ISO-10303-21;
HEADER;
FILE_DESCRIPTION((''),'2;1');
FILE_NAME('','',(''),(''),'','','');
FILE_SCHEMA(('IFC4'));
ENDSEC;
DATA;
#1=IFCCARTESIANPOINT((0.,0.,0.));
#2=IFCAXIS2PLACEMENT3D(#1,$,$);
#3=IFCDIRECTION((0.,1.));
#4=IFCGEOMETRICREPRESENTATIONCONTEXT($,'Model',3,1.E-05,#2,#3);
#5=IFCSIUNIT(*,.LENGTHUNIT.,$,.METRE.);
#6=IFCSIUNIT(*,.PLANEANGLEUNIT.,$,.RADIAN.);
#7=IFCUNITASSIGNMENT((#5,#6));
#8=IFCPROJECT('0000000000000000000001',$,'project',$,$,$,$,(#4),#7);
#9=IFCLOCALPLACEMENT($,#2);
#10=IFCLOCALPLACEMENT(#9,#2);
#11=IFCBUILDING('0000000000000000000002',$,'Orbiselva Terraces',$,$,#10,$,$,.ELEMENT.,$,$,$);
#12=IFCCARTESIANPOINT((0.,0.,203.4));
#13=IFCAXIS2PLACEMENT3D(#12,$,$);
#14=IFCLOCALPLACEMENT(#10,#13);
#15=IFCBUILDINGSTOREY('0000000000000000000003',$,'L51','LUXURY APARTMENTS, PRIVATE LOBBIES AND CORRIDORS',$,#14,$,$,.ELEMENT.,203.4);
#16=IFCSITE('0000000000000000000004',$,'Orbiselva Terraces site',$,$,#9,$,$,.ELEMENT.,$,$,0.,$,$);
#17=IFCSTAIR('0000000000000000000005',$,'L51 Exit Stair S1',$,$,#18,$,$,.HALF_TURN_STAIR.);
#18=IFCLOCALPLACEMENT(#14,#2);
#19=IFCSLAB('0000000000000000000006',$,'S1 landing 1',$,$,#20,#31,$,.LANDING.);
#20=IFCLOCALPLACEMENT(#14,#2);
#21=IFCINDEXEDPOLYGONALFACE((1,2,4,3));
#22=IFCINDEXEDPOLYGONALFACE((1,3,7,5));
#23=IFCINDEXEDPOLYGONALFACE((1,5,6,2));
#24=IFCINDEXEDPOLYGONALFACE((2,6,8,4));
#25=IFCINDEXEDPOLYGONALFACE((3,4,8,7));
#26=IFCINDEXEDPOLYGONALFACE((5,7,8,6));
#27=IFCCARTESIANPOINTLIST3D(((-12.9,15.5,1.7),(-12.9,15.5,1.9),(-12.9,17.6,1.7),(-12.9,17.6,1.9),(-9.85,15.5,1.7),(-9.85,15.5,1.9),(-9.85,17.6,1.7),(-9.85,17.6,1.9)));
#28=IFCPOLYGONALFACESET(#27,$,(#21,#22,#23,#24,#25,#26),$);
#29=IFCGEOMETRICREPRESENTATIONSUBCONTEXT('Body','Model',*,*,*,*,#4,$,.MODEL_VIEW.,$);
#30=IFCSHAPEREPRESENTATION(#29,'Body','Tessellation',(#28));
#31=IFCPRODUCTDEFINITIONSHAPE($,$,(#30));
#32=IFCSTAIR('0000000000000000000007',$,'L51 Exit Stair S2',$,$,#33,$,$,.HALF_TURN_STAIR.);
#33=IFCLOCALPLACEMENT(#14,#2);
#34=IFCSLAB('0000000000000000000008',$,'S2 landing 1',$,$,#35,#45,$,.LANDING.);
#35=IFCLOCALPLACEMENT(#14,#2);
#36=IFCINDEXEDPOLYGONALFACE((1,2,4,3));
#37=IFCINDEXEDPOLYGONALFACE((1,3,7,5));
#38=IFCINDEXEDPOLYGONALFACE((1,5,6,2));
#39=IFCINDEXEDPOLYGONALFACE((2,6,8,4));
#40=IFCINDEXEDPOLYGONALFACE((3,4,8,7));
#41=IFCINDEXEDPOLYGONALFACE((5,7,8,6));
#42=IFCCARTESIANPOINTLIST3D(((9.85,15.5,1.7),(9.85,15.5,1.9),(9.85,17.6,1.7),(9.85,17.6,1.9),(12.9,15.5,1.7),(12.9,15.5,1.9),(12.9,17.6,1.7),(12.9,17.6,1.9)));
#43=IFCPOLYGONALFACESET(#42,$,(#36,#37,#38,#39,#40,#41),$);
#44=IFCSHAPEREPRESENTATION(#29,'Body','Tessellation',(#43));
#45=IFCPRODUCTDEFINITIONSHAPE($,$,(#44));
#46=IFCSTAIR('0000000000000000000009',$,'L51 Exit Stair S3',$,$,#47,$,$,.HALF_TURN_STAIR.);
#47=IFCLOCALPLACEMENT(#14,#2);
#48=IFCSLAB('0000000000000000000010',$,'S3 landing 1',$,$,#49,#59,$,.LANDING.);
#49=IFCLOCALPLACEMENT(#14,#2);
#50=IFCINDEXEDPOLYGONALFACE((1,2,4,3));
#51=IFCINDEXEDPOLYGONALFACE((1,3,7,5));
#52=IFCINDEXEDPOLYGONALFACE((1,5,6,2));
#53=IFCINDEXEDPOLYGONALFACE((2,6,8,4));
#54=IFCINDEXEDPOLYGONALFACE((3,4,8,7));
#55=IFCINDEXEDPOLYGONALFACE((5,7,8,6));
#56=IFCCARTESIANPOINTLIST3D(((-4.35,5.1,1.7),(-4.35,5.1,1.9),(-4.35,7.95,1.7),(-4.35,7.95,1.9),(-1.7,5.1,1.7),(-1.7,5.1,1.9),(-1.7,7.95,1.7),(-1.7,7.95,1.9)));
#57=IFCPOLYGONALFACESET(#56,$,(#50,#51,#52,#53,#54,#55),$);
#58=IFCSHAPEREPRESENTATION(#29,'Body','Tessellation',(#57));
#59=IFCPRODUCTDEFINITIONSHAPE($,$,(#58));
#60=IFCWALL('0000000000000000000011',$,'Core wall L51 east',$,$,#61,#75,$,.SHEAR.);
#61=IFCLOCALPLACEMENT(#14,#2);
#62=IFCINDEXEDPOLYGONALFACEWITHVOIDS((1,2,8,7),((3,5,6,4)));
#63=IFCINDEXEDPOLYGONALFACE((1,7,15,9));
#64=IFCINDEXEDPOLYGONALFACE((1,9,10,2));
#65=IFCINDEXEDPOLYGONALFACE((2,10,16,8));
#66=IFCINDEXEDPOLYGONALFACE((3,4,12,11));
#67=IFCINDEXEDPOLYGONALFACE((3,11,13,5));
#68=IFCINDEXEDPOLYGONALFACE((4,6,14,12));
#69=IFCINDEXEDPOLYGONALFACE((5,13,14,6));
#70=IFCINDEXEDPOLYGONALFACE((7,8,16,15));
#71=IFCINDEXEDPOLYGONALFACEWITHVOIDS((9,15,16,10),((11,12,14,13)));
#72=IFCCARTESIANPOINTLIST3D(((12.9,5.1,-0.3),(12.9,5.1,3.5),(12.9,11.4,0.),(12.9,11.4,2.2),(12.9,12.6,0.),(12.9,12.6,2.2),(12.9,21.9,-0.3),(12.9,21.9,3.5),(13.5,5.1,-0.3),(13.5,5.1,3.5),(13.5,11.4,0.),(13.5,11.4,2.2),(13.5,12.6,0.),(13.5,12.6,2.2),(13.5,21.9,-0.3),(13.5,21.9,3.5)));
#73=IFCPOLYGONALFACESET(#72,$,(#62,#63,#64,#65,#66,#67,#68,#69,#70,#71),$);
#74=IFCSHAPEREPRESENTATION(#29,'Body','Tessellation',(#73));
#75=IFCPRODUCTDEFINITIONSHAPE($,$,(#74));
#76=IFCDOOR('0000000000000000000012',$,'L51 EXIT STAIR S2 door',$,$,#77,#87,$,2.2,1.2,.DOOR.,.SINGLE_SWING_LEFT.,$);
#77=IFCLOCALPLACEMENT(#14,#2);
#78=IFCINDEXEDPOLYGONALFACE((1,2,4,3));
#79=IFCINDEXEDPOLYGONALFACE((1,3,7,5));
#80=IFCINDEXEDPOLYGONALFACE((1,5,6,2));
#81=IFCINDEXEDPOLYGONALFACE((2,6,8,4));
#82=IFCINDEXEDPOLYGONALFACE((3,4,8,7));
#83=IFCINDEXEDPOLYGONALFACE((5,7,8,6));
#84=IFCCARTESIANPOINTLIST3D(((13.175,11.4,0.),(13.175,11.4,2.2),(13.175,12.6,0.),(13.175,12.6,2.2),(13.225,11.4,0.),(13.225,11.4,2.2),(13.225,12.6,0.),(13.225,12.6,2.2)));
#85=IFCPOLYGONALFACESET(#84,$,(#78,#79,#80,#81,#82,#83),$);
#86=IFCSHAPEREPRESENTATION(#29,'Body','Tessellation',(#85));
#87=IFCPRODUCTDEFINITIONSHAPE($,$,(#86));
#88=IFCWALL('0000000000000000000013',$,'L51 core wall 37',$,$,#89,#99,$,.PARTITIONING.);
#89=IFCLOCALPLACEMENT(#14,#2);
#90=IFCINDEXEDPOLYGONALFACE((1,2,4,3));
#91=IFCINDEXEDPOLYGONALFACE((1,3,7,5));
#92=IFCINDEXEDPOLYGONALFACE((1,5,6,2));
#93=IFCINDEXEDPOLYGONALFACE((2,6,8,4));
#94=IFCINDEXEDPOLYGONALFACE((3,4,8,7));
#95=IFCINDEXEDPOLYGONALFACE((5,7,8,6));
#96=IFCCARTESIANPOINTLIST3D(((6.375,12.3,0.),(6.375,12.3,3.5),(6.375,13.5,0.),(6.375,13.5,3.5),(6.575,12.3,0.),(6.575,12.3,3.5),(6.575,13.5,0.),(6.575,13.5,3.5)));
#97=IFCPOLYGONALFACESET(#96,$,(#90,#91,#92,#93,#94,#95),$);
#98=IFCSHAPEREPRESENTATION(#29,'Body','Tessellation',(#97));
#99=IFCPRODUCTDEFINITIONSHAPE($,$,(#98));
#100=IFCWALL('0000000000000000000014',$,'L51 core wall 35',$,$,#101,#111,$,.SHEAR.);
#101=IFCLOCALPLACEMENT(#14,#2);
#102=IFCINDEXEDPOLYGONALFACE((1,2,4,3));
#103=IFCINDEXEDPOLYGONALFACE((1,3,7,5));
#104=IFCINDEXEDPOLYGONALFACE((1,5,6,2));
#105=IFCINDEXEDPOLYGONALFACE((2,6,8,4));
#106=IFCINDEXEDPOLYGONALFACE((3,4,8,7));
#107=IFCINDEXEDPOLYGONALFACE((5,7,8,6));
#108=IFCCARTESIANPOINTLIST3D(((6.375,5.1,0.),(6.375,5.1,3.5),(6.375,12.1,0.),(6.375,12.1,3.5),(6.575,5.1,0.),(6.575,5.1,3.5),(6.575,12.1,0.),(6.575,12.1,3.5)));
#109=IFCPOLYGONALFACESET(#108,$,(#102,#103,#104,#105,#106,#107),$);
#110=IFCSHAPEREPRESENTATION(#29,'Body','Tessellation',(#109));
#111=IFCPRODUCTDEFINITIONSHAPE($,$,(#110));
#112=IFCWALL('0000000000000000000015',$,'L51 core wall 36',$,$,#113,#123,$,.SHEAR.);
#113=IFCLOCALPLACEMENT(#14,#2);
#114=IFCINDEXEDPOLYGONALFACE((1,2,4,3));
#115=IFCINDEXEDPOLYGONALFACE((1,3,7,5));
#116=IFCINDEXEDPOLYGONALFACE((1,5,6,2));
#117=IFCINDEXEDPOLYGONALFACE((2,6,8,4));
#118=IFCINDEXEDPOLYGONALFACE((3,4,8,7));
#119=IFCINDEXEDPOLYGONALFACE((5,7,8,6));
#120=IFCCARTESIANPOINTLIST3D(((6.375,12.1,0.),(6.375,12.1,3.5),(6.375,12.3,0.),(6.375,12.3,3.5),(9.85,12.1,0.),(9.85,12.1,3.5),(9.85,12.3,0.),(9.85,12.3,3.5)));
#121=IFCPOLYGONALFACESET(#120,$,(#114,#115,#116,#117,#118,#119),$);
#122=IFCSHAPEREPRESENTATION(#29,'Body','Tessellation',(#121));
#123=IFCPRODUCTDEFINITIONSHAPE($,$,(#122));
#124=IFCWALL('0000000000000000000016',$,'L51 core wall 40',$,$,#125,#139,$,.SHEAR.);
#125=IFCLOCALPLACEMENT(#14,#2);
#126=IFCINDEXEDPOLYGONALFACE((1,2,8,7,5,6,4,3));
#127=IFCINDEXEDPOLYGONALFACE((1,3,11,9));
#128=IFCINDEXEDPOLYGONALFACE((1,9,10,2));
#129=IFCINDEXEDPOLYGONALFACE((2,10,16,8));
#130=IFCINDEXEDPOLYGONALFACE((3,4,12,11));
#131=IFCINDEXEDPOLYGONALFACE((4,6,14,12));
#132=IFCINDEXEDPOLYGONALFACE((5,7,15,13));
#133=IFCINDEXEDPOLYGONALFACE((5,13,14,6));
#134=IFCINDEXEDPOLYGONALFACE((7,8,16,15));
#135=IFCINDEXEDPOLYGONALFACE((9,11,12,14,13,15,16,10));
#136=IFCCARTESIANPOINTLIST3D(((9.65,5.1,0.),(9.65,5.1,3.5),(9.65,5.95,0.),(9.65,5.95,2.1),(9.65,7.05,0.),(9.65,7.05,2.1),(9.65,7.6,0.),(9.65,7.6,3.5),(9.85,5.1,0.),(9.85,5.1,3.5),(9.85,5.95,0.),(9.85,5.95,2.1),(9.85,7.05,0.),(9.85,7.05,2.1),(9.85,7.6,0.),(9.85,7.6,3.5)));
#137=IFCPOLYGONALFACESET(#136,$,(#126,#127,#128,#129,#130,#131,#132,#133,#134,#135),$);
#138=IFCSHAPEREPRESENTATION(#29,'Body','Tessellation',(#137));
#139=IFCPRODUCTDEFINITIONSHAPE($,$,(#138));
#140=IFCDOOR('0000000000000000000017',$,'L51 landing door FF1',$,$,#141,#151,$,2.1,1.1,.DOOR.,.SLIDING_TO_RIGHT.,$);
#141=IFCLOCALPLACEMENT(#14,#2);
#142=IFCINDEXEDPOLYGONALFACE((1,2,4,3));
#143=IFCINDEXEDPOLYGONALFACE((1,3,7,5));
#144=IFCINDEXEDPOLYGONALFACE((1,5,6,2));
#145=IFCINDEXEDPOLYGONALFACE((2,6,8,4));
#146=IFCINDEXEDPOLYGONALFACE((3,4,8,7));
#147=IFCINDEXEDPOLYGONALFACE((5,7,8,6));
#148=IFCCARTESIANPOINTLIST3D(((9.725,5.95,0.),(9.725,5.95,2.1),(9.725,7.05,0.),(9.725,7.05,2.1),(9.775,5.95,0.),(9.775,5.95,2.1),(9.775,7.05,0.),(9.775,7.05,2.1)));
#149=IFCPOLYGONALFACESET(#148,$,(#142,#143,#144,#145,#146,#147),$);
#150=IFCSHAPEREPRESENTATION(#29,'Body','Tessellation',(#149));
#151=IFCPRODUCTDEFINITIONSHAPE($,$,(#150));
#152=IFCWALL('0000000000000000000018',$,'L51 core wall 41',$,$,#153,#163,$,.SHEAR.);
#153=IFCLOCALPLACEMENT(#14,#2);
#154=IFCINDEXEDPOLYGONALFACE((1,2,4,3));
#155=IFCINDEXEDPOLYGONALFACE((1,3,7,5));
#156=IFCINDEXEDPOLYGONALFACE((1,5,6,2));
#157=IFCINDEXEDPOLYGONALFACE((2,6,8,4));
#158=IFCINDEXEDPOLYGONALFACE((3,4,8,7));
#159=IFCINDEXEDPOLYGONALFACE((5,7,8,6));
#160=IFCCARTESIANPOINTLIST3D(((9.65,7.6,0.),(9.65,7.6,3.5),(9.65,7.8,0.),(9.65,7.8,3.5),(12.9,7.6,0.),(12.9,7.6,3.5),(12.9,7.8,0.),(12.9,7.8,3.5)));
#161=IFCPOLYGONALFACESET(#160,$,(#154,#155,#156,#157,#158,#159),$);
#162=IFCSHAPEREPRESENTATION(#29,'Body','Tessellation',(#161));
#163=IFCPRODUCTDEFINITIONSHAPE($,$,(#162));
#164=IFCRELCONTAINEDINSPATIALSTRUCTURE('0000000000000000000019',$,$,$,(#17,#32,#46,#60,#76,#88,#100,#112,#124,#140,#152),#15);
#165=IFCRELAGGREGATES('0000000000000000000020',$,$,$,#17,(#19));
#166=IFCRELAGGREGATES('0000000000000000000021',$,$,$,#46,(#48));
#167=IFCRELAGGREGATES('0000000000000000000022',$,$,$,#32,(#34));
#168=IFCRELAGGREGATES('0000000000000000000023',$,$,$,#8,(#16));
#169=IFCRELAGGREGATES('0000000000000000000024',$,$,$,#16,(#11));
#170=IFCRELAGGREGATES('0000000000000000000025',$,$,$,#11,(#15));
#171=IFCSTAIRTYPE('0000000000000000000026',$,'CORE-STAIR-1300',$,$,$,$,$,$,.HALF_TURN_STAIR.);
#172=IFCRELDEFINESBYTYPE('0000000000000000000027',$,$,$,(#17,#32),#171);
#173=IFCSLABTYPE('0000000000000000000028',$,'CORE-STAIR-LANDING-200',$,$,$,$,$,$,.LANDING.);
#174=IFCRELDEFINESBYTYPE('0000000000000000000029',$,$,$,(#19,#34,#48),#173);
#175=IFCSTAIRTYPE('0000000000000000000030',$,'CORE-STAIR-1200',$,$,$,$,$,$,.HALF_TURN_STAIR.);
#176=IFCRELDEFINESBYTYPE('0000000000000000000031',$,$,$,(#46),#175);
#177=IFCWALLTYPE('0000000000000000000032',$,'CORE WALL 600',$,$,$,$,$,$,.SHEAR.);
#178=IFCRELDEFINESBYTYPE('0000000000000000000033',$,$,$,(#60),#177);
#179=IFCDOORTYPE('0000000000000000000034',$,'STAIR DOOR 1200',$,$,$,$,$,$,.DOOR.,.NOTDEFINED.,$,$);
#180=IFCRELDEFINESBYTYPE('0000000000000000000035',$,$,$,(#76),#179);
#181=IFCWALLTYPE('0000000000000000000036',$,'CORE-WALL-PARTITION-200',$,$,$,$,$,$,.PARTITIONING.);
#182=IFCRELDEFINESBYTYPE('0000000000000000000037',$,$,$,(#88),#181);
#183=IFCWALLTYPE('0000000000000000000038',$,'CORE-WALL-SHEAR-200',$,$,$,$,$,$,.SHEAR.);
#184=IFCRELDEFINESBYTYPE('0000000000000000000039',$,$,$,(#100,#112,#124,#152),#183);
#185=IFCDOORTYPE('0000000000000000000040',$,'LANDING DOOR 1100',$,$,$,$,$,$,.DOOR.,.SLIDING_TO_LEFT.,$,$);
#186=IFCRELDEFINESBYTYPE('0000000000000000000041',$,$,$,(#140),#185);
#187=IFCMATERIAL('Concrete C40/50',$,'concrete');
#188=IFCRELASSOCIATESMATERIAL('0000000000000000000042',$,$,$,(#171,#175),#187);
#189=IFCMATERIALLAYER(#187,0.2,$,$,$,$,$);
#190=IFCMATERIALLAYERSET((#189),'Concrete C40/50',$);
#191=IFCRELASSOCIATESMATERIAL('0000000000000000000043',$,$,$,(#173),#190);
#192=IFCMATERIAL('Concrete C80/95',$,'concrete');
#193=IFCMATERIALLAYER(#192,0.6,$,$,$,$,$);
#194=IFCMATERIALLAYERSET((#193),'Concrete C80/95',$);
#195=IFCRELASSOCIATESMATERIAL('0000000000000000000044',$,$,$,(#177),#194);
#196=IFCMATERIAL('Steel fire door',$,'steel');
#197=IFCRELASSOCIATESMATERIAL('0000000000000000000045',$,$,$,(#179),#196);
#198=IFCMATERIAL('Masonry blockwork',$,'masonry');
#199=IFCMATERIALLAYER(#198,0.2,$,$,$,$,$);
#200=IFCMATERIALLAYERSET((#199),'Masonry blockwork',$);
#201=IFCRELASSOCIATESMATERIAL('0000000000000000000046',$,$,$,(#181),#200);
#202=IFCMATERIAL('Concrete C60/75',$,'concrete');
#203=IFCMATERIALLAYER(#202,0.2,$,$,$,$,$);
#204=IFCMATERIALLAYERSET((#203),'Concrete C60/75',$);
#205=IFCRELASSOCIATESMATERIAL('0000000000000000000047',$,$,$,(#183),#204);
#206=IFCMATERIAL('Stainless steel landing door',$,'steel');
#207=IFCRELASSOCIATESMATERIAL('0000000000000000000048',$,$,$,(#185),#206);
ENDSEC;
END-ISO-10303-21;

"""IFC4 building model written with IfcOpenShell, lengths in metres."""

from ifc_helpers import new_model, si_unit, direction, frame, frame_2d, origin, place, context, subcontext, project, spatial, polyline, rectangle, outline, extrude, material, layer, layer_set, type_object, element, fill, aggregate, save


model = new_model("IFC4")

# Units and contexts
model_context = context("Model", 3, precision=1e-05, world=origin(), true_north=direction((0.0, 1.0)))
body_context = subcontext(model_context, "Body", "Model", "MODEL_VIEW")
ifc_project = project(units=[si_unit("LENGTHUNIT", "METRE"), si_unit("PLANEANGLEUNIT", "RADIAN")], contexts=[model_context])

# Site, building, storey
site_placement = place(None, origin())
site = spatial("IfcSite", under=ifc_project, at=site_placement, Name="Orbiselva Terraces site", CompositionType="ELEMENT", RefElevation=0.0)
building_placement = place(site_placement, origin())
building = spatial("IfcBuilding", under=site, at=building_placement, Name="Orbiselva Terraces", CompositionType="ELEMENT")
storey_placement = place(building_placement, frame((0.0, 0.0, 203.4)))
storey = spatial("IfcBuildingStorey", under=building, at=storey_placement, Name="L51", Description="LUXURY APARTMENTS, PRIVATE LOBBIES AND CORRIDORS", CompositionType="ELEMENT", Elevation=203.4)

# Stairs, slabs
ifc_material_1 = material(Name="Concrete C40/50", Category="concrete")
stair_type_1 = type_object("IfcStairType", Name="CORE-STAIR-1300", PredefinedType="HALF_TURN_STAIR", material=ifc_material_1)
stair_1_placement = place(storey_placement, origin())
stair_1 = element("IfcStair", 1, at=stair_1_placement, inside=storey, type_object=stair_type_1, Name="L51 Exit Stair S1", PredefinedType="HALF_TURN_STAIR")
ifc_layer_1 = layer(ifc_material_1, 0.2)
ifc_layer_set_1 = layer_set([ifc_layer_1], Name="Concrete C40/50")
slab_type = type_object("IfcSlabType", Name="CORE-STAIR-LANDING-200", PredefinedType="LANDING", material=ifc_layer_set_1)
slab_1_placement = place(storey_placement, frame((0.0, 0.0, 1.7)))
slab_1 = element("IfcSlab", 2, at=slab_1_placement, type_object=slab_type, Name="S1 landing 1", PredefinedType="LANDING", context=body_context, shape_type="SweptSolid", body=[
    extrude(outline(polyline([(-9.85, 15.5), (-9.85, 17.6), (-12.9, 17.6), (-12.9, 15.5), (-9.85, 15.5)])), origin(), (0.0, 0.0, 1.0), 0.2),
])
aggregate(stair_1, [slab_1])
stair_2_placement = place(storey_placement, origin())
stair_2 = element("IfcStair", 3, at=stair_2_placement, inside=storey, type_object=stair_type_1, Name="L51 Exit Stair S2", PredefinedType="HALF_TURN_STAIR")
slab_2_placement = place(storey_placement, frame((0.0, 0.0, 1.7)))
slab_2 = element("IfcSlab", 4, at=slab_2_placement, type_object=slab_type, Name="S2 landing 1", PredefinedType="LANDING", context=body_context, shape_type="SweptSolid", body=[
    extrude(outline(polyline([(12.9, 15.5), (12.9, 17.6), (9.85, 17.6), (9.85, 15.5), (12.9, 15.5)])), origin(), (0.0, 0.0, 1.0), 0.2),
])
stair_type_2 = type_object("IfcStairType", Name="CORE-STAIR-1200", PredefinedType="HALF_TURN_STAIR", material=ifc_material_1)
stair_3_placement = place(storey_placement, origin())
stair_3 = element("IfcStair", 5, at=stair_3_placement, inside=storey, type_object=stair_type_2, Name="L51 Exit Stair S3", PredefinedType="HALF_TURN_STAIR")
slab_3_placement = place(storey_placement, frame((0.0, 0.0, 1.7)))
slab_3 = element("IfcSlab", 6, at=slab_3_placement, type_object=slab_type, Name="S3 landing 1", PredefinedType="LANDING", context=body_context, shape_type="SweptSolid", body=[
    extrude(outline(polyline([(-4.35, 5.1), (-1.7, 5.1), (-1.7, 7.95), (-4.35, 7.95), (-4.35, 5.1)])), origin(), (0.0, 0.0, 1.0), 0.2),
])
aggregate(stair_3, [slab_3])

# Wall, opening, door
ifc_material_2 = material(Name="Concrete C80/95", Category="concrete")
ifc_layer_2 = layer(ifc_material_2, 0.6)
ifc_layer_set_2 = layer_set([ifc_layer_2], Name="Concrete C80/95")
wall_type_1 = type_object("IfcWallType", Name="CORE WALL 600", PredefinedType="SHEAR", material=ifc_layer_set_2)
wall_1_placement = place(storey_placement, frame((13.2, 5.1, -0.3), z_axis=(0.0, 0.0, 1.0), x_axis=(0.0, 1.0, 0.0)))
wall_1 = element("IfcWall", 7, at=wall_1_placement, inside=storey, type_object=wall_type_1, Name="Core wall L51 east", PredefinedType="SHEAR", context=body_context, shape_type="SweptSolid", body=[
    extrude(rectangle(XDim=16.8, YDim=0.6, at=frame_2d((8.4, 0.0))), origin(), (0.0, 0.0, 1.0), 3.8),
])
opening_1_placement = place(wall_1_placement, frame((6.3, 0.0, 0.3)))
opening_1 = element("IfcOpeningElement", 8, at=opening_1_placement, cuts=wall_1, PredefinedType="OPENING", context=body_context, shape_type="SweptSolid", body=[
    extrude(rectangle(XDim=1.2, YDim=2.2, at=frame_2d((0.6, 1.1))), frame((0.0, 0.31, 0.0), z_axis=(0.0, -1.0, 0.0), x_axis=(1.0, 0.0, 0.0)), (0.0, 0.0, 1.0), 0.62),
])
ifc_material_3 = material(Name="Steel fire door", Category="steel")
door_type_1 = type_object("IfcDoorType", Name="STAIR DOOR 1200", OperationType="NOTDEFINED", PredefinedType="DOOR", material=ifc_material_3)
door_1_placement = place(opening_1_placement, frame((1.2, 0.0, 0.0), z_axis=(0.0, 0.0, 1.0), x_axis=(-1.0, 0.0, 0.0)))
door_1 = element("IfcDoor", 9, at=door_1_placement, inside=storey, type_object=door_type_1, Name="L51 EXIT STAIR S2 door", OperationType="SINGLE_SWING_LEFT", OverallHeight=2.2, OverallWidth=1.2, PredefinedType="DOOR", context=body_context, shape_type="SweptSolid", body=[
    extrude(rectangle(XDim=1.2, YDim=2.2, at=frame_2d((0.6, 1.1))), frame((0.0, 0.025, 0.0), z_axis=(0.0, -1.0, 0.0), x_axis=(1.0, 0.0, 0.0)), (0.0, 0.0, 1.0), 0.05),
])
fill(opening_1, door_1)

# Walls
ifc_material_4 = material(Name="Masonry blockwork", Category="masonry")
ifc_layer_3 = layer(ifc_material_4, 0.2)
ifc_layer_set_3 = layer_set([ifc_layer_3], Name="Masonry blockwork")
wall_type_2 = type_object("IfcWallType", Name="CORE-WALL-PARTITION-200", PredefinedType="PARTITIONING", material=ifc_layer_set_3)
wall_2_placement = place(storey_placement, frame((6.475, 12.3, 0.0), z_axis=(0.0, 0.0, 1.0), x_axis=(0.0, 1.0, 0.0)))
element("IfcWall", 10, at=wall_2_placement, inside=storey, type_object=wall_type_2, Name="L51 core wall 37", PredefinedType="PARTITIONING", context=body_context, shape_type="SweptSolid", body=[
    extrude(rectangle(XDim=1.2, YDim=0.2, at=frame_2d((0.6, 0.0))), origin(), (0.0, 0.0, 1.0), 3.5),
])
ifc_material_5 = material(Name="Concrete C60/75", Category="concrete")
ifc_layer_4 = layer(ifc_material_5, 0.2)
ifc_layer_set_4 = layer_set([ifc_layer_4], Name="Concrete C60/75")
wall_type_3 = type_object("IfcWallType", Name="CORE-WALL-SHEAR-200", PredefinedType="SHEAR", material=ifc_layer_set_4)
wall_3_placement = place(storey_placement, frame((6.475, 5.1, 0.0), z_axis=(0.0, 0.0, 1.0), x_axis=(0.0, 1.0, 0.0)))
element("IfcWall", 11, at=wall_3_placement, inside=storey, type_object=wall_type_3, Name="L51 core wall 35", PredefinedType="SHEAR", context=body_context, shape_type="SweptSolid", body=[
    extrude(rectangle(XDim=7.0, YDim=0.2, at=frame_2d((3.5, 0.0))), origin(), (0.0, 0.0, 1.0), 3.5),
])
wall_4_placement = place(storey_placement, frame((6.375, 12.2, 0.0), z_axis=(0.0, 0.0, 1.0), x_axis=(1.0, 0.0, 0.0)))
element("IfcWall", 12, at=wall_4_placement, inside=storey, type_object=wall_type_3, Name="L51 core wall 36", PredefinedType="SHEAR", context=body_context, shape_type="SweptSolid", body=[
    extrude(rectangle(XDim=3.475, YDim=0.2, at=frame_2d((1.7375, 0.0))), origin(), (0.0, 0.0, 1.0), 3.5),
])

# Wall, opening, door
wall_5_placement = place(storey_placement, frame((9.75, 5.1, 0.0), z_axis=(0.0, 0.0, 1.0), x_axis=(0.0, 1.0, 0.0)))
wall_5 = element("IfcWall", 13, at=wall_5_placement, inside=storey, type_object=wall_type_3, Name="L51 core wall 40", PredefinedType="SHEAR", context=body_context, shape_type="SweptSolid", body=[
    extrude(rectangle(XDim=2.5, YDim=0.2, at=frame_2d((1.25, 0.0))), origin(), (0.0, 0.0, 1.0), 3.5),
])
opening_2_placement = place(wall_5_placement, frame((0.85, 0.0, 0.0)))
opening_2 = element("IfcOpeningElement", 14, at=opening_2_placement, cuts=wall_5, PredefinedType="OPENING", context=body_context, shape_type="SweptSolid", body=[
    extrude(rectangle(XDim=1.1, YDim=2.1, at=frame_2d((0.55, 1.05))), frame((0.0, 0.11, 0.0), z_axis=(0.0, -1.0, 0.0), x_axis=(1.0, 0.0, 0.0)), (0.0, 0.0, 1.0), 0.22),
])
ifc_material_6 = material(Name="Stainless steel landing door", Category="steel")
door_type_2 = type_object("IfcDoorType", Name="LANDING DOOR 1100", OperationType="SLIDING_TO_LEFT", PredefinedType="DOOR", material=ifc_material_6)
door_2_placement = place(opening_2_placement, origin())
door_2 = element("IfcDoor", 15, at=door_2_placement, inside=storey, type_object=door_type_2, Name="L51 landing door FF1", OperationType="SLIDING_TO_RIGHT", OverallHeight=2.1, OverallWidth=1.1, PredefinedType="DOOR", context=body_context, shape_type="SweptSolid", body=[
    extrude(rectangle(XDim=1.1, YDim=2.1, at=frame_2d((0.55, 1.05))), frame((0.0, 0.025, 0.0), z_axis=(0.0, -1.0, 0.0), x_axis=(1.0, 0.0, 0.0)), (0.0, 0.0, 1.0), 0.05),
])
fill(opening_2, door_2)

# Wall
wall_6_placement = place(storey_placement, frame((9.65, 7.7, 0.0), z_axis=(0.0, 0.0, 1.0), x_axis=(1.0, 0.0, 0.0)))
element("IfcWall", 16, at=wall_6_placement, inside=storey, type_object=wall_type_3, Name="L51 core wall 41", PredefinedType="SHEAR", context=body_context, shape_type="SweptSolid", body=[
    extrude(rectangle(XDim=3.25, YDim=0.2, at=frame_2d((1.625, 0.0))), origin(), (0.0, 0.0, 1.0), 3.5),
])

aggregate(stair_2, [slab_2])

save(model, "model.ifc")
